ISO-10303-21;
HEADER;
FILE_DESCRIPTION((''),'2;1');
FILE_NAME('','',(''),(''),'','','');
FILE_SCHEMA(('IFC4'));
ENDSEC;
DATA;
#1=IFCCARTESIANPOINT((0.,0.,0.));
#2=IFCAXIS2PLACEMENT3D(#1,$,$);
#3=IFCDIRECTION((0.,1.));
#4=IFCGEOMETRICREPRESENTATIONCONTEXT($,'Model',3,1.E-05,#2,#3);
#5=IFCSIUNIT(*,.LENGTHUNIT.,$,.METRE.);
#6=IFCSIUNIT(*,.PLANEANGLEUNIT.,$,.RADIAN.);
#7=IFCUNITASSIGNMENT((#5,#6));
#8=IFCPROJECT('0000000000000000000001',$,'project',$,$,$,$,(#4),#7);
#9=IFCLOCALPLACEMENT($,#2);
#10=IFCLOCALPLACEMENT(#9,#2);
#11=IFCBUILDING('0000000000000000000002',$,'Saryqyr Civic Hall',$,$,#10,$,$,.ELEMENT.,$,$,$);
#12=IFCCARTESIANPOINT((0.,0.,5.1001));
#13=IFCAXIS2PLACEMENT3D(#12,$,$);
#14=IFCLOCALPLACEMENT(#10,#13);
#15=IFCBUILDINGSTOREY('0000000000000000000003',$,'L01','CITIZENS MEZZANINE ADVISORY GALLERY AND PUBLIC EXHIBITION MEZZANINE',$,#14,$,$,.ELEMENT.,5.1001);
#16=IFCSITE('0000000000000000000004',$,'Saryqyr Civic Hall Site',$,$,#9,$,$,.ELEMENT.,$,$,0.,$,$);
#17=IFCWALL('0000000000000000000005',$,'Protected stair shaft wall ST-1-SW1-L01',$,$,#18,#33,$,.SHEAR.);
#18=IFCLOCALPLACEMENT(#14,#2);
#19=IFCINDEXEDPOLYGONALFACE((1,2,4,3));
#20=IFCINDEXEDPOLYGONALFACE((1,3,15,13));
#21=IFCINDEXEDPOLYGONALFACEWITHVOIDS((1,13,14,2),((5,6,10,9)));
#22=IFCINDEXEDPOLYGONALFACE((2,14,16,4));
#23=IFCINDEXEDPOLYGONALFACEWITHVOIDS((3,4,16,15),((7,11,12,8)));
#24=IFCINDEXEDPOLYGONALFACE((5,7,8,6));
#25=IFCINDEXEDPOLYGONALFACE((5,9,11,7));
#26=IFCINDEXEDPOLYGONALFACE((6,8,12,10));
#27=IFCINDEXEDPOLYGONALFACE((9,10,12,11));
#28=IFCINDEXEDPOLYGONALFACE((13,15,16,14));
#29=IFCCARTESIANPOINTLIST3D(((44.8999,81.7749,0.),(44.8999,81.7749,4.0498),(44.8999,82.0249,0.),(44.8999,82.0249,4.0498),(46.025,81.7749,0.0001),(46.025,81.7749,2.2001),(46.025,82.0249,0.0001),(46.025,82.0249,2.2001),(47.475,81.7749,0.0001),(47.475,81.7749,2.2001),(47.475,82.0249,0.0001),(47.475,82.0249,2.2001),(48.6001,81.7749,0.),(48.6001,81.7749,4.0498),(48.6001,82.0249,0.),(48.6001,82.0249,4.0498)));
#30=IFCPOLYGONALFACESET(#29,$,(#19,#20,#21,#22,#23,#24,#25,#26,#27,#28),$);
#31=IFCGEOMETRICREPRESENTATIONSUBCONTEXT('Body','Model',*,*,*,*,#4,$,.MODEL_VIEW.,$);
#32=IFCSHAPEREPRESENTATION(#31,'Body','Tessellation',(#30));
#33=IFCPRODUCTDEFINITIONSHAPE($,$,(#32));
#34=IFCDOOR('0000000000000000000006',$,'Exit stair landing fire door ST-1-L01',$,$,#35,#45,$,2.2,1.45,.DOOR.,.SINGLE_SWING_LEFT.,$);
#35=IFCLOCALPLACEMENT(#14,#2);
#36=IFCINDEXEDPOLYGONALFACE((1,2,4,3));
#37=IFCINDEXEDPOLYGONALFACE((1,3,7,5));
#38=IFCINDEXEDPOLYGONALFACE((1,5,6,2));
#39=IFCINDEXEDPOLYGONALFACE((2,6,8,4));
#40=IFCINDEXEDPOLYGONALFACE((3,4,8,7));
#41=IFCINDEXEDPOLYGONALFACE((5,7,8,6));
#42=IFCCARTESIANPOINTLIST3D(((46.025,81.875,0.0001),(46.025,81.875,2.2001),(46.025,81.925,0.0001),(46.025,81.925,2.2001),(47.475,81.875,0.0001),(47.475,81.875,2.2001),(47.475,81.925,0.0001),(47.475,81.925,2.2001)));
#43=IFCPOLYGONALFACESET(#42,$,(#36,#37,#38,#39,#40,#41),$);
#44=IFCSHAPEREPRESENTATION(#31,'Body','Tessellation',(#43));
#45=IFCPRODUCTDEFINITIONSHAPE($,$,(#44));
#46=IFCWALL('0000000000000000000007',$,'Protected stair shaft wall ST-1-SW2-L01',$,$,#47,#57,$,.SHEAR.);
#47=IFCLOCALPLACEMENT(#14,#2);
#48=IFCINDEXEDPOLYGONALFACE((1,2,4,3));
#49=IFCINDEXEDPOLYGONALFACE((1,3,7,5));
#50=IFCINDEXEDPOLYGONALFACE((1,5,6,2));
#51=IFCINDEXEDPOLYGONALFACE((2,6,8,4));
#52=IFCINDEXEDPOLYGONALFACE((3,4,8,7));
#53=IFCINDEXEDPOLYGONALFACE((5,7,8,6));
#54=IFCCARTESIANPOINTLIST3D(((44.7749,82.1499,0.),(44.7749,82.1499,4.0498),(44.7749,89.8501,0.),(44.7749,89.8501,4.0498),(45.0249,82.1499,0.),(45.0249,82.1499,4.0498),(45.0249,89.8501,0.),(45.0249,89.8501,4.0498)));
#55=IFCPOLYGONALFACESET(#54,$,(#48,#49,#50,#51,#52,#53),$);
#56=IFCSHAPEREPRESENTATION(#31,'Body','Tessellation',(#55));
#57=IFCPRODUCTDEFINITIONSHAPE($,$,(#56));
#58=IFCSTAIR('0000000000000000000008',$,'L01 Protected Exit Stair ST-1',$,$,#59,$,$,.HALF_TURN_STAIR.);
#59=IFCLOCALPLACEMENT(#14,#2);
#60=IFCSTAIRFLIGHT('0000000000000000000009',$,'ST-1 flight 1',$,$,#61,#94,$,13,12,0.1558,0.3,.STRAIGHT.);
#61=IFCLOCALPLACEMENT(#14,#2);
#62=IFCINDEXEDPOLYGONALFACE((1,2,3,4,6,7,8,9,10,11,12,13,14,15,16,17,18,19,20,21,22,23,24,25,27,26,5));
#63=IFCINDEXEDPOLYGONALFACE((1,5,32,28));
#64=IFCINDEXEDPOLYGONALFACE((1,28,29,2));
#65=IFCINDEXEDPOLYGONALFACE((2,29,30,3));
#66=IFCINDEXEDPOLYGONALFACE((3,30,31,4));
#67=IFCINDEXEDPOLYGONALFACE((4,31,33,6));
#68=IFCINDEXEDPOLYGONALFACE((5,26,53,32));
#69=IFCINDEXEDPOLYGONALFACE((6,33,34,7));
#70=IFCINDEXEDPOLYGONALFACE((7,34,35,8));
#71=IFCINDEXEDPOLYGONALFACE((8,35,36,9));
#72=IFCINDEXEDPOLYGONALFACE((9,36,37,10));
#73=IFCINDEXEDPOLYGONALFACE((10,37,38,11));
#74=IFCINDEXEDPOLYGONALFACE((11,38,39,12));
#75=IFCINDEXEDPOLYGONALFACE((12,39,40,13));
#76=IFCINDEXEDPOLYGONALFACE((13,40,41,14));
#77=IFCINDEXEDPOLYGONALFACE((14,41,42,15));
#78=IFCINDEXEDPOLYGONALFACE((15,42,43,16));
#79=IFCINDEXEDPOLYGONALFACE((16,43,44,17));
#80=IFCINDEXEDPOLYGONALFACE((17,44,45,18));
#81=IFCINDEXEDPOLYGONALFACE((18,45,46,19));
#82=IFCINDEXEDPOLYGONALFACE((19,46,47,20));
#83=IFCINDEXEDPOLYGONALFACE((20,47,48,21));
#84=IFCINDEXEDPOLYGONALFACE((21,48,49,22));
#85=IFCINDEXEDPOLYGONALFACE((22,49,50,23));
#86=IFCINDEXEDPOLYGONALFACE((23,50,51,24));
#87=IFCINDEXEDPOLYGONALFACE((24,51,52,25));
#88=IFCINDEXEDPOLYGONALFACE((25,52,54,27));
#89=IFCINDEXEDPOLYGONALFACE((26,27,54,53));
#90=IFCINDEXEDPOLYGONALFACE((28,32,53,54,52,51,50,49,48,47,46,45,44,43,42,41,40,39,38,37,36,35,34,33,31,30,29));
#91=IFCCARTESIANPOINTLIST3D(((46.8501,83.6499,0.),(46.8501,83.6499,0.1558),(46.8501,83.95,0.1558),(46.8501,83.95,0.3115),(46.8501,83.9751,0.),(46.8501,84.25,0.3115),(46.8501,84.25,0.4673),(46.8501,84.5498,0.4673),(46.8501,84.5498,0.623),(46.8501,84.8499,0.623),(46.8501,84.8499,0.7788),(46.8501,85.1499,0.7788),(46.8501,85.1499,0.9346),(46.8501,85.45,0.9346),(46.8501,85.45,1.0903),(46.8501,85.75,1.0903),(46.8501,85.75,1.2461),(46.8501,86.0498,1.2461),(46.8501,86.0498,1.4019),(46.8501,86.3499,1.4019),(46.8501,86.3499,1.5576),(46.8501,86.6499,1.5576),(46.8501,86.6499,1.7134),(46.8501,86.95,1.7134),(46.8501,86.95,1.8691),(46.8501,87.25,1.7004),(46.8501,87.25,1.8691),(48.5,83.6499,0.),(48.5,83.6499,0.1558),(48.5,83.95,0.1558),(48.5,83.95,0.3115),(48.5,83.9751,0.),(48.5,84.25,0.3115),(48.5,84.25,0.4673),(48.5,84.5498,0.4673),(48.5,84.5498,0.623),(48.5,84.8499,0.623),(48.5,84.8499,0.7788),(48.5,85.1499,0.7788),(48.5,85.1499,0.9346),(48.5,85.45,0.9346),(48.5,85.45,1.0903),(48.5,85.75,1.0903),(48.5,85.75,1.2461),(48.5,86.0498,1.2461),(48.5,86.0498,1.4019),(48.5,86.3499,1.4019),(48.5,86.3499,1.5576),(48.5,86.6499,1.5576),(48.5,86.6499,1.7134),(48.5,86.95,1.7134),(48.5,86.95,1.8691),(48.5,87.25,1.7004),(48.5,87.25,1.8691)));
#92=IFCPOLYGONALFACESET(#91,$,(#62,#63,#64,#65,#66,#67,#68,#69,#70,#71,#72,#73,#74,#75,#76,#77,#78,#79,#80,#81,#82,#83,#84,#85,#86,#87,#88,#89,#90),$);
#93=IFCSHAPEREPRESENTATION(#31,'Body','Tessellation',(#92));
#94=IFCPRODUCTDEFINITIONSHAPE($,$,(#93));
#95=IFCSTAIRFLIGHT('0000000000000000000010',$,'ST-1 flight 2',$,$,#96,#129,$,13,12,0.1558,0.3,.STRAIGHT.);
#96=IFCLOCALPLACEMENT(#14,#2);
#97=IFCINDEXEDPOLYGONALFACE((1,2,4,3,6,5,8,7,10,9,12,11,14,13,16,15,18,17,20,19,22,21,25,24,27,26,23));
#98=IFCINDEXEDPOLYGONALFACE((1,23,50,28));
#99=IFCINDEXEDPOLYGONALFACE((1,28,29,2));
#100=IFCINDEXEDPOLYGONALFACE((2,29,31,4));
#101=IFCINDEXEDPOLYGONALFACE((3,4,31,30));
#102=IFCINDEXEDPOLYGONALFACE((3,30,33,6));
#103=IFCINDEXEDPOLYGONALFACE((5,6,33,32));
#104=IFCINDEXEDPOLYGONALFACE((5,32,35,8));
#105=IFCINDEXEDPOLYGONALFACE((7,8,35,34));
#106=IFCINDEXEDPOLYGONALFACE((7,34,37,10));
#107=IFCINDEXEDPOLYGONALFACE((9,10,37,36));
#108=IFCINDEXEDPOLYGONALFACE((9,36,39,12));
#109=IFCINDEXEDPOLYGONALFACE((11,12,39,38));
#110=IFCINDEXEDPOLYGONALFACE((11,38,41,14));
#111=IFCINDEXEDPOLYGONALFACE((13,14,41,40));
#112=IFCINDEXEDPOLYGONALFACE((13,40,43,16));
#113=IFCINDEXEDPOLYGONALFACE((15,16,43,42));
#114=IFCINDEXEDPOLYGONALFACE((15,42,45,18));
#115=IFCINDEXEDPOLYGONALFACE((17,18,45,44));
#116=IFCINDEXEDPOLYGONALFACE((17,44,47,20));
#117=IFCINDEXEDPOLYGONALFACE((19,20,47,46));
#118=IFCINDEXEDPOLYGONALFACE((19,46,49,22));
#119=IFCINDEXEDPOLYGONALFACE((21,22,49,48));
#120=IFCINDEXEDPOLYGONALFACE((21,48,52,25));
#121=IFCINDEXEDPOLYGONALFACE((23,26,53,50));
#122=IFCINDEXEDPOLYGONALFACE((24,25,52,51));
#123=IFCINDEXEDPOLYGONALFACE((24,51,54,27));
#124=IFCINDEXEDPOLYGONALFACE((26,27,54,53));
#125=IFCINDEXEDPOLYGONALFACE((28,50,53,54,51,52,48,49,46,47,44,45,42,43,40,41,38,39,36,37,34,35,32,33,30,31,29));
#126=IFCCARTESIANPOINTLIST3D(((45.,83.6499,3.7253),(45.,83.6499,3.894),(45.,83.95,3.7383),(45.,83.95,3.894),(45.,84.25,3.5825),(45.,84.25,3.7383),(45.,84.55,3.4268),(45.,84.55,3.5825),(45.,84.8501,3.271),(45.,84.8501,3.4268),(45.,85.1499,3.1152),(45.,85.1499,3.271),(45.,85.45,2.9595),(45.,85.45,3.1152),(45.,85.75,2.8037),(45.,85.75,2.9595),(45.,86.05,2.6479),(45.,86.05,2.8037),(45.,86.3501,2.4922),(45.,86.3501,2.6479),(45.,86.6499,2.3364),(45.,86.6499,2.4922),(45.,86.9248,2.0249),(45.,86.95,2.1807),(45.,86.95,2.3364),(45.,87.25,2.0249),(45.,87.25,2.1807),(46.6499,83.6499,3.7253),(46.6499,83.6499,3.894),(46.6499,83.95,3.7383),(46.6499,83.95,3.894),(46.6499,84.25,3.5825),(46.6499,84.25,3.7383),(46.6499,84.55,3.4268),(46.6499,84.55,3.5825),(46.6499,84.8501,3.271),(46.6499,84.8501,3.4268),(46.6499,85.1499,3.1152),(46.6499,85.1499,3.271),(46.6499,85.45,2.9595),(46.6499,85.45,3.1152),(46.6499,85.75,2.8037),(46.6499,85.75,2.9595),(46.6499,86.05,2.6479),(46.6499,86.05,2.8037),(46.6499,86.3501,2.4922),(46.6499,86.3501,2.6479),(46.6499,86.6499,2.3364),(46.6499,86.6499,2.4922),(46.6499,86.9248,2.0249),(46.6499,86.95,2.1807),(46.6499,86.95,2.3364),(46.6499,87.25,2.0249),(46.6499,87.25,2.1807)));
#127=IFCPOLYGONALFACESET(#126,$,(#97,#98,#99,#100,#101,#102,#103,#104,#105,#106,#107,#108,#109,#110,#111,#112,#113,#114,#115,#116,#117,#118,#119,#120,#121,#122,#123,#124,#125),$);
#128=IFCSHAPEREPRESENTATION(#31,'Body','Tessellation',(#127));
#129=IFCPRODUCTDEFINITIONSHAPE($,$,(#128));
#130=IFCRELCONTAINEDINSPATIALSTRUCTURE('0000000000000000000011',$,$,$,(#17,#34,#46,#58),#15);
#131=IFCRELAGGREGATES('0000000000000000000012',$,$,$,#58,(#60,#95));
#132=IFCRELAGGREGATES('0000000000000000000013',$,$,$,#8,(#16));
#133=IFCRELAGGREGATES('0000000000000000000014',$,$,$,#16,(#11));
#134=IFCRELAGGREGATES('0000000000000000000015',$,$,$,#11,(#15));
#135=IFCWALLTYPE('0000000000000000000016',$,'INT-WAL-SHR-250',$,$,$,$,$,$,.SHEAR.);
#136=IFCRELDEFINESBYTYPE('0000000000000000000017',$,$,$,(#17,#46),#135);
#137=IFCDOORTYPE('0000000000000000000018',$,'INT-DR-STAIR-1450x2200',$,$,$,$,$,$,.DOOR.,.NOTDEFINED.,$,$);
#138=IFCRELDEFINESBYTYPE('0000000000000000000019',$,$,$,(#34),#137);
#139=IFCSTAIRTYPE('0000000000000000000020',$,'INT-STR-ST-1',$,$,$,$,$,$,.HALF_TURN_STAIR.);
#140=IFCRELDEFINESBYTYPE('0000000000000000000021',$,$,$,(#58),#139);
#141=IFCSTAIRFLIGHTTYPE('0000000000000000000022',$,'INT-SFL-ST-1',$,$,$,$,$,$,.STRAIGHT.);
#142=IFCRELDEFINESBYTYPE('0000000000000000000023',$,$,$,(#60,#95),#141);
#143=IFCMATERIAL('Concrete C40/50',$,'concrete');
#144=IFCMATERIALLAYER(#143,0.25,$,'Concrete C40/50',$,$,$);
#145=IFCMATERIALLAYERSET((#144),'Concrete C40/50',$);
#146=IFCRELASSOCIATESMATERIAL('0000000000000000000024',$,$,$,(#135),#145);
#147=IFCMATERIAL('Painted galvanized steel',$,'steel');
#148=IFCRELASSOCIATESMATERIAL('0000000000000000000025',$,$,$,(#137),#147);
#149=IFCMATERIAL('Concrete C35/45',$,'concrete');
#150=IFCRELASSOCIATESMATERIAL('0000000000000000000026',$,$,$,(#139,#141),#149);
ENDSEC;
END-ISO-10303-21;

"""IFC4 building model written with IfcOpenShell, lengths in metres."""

from ifc_helpers import new_model, si_unit, direction, frame, frame_2d, origin, place, context, subcontext, project, spatial, polyline, rectangle, outline, extrude, material, layer, layer_set, type_object, element, fill, aggregate, save


model = new_model("IFC4")

# Units and contexts
model_context = context("Model", 3, precision=1e-05, world=origin(), true_north=direction((0.0, 1.0)))
body_context = subcontext(model_context, "Body", "Model", "MODEL_VIEW")
ifc_project = project(units=[si_unit("LENGTHUNIT", "METRE"), si_unit("PLANEANGLEUNIT", "RADIAN")], contexts=[model_context])

# Site, building, storey
site_placement = place(None, origin())
site = spatial("IfcSite", under=ifc_project, at=site_placement, Name="Saryqyr Civic Hall Site", CompositionType="ELEMENT", RefElevation=0.0)
building_placement = place(site_placement, origin())
building = spatial("IfcBuilding", under=site, at=building_placement, Name="Saryqyr Civic Hall", CompositionType="ELEMENT")
storey_placement = place(building_placement, frame((0.0, 0.0, 5.1001)))
storey = spatial("IfcBuildingStorey", under=building, at=storey_placement, Name="L01", Description="CITIZENS MEZZANINE ADVISORY GALLERY AND PUBLIC EXHIBITION MEZZANINE", CompositionType="ELEMENT", Elevation=5.1001)

# Shared definitions
ifc_material_1 = material(Name="Concrete C40/50", Category="concrete")

# Shared definitions
ifc_material_2 = material(Name="Concrete C35/45", Category="concrete")

# Shared definitions
ifc_material_3 = material(Name="Painted galvanized steel", Category="steel")

# Wall, opening, door
ifc_layer_1 = layer(ifc_material_1, 0.25, Name="Concrete C40/50")
ifc_layer_set_1 = layer_set([ifc_layer_1], Name="Concrete C40/50")
wall_type_1 = type_object("IfcWallType", Name="INT-WAL-SHR-250", PredefinedType="SHEAR", material=ifc_layer_set_1)
wall_1_placement = place(storey_placement, frame((48.6001, 81.8999, 0.0), z_axis=(0.0, 0.0, 1.0), x_axis=(-1.0, 0.0, 0.0)))
wall_1 = element("IfcWall", 1, at=wall_1_placement, inside=storey, type_object=wall_type_1, Name="Protected stair shaft wall ST-1-SW1-L01", PredefinedType="SHEAR", context=body_context, shape_type="SweptSolid", body=[
    extrude(rectangle(XDim=3.7002, YDim=0.25, at=frame_2d((1.8501, 0.0))), origin(), (0.0, 0.0, 1.0), 4.0498),
])
opening_1_placement = place(wall_1_placement, frame((1.125, 0.0, 0.0)))
opening_1 = element("IfcOpeningElement", 2, at=opening_1_placement, cuts=wall_1, PredefinedType="OPENING", context=body_context, shape_type="SweptSolid", body=[
    extrude(rectangle(XDim=1.45, YDim=2.2, at=frame_2d((0.7251, 1.1001))), frame((0.0, 0.135, 0.0), z_axis=(0.0, -1.0, 0.0), x_axis=(1.0, 0.0, 0.0)), (0.0, 0.0, 1.0), 0.27),
])
door_type_1 = type_object("IfcDoorType", Name="INT-DR-STAIR-1450x2200", OperationType="NOTDEFINED", PredefinedType="DOOR", material=ifc_material_3)
door_1_placement = place(opening_1_placement, origin())
door_1 = element("IfcDoor", 3, at=door_1_placement, inside=storey, type_object=door_type_1, Name="Exit stair landing fire door ST-1-L01", OperationType="SINGLE_SWING_LEFT", OverallHeight=2.2, OverallWidth=1.45, PredefinedType="DOOR", context=body_context, shape_type="SweptSolid", body=[
    extrude(rectangle(XDim=1.45, YDim=2.2, at=frame_2d((0.7251, 1.1001))), frame((0.0, 0.0249, 0.0), z_axis=(0.0, -1.0, 0.0), x_axis=(1.0, 0.0, 0.0)), (0.0, 0.0, 1.0), 0.05),
])
fill(opening_1, door_1)

# Wall
wall_2_placement = place(storey_placement, frame((44.8999, 82.1499, 0.0), z_axis=(0.0, 0.0, 1.0), x_axis=(0.0, 1.0, 0.0)))
element("IfcWall", 4, at=wall_2_placement, inside=storey, type_object=wall_type_1, Name="Protected stair shaft wall ST-1-SW2-L01", PredefinedType="SHEAR", context=body_context, shape_type="SweptSolid", body=[
    extrude(rectangle(XDim=7.7002, YDim=0.25, at=frame_2d((3.8501, 0.0))), origin(), (0.0, 0.0, 1.0), 4.0498),
])

# Stair, stair flights
stair_type = type_object("IfcStairType", Name="INT-STR-ST-1", PredefinedType="HALF_TURN_STAIR", material=ifc_material_2)
stair_placement = place(storey_placement, origin())
stair = element("IfcStair", 5, at=stair_placement, inside=storey, type_object=stair_type, Name="L01 Protected Exit Stair ST-1", PredefinedType="HALF_TURN_STAIR")
stair_flight_type = type_object("IfcStairFlightType", Name="INT-SFL-ST-1", PredefinedType="STRAIGHT", material=ifc_material_2)
stair_flight_1_placement = place(storey_placement, frame((47.675, 83.6499, 0.0), z_axis=(0.0, 0.0, 1.0), x_axis=(0.0, 1.0, 0.0)))
stair_flight_1 = element("IfcStairFlight", 6, at=stair_flight_1_placement, type_object=stair_flight_type, Name="ST-1 flight 1", NumberOfRisers=13, NumberOfTreads=12, PredefinedType="STRAIGHT", RiserHeight=0.1558, TreadLength=0.3, context=body_context, shape_type="SweptSolid", body=[
    extrude(outline(polyline([(0.0, 0.0), (0.0, 0.1558), (0.3, 0.1558), (0.3, 0.3115), (0.6001, 0.3115), (0.6001, 0.4673), (0.8999, 0.4673), (0.8999, 0.623), (1.2, 0.623), (1.2, 0.7788), (1.5, 0.7788), (1.5, 0.9346), (1.8, 0.9346), (1.8, 1.0903), (2.1001, 1.0903), (2.1001, 1.2461), (2.3999, 1.2461), (2.3999, 1.4019), (2.7, 1.4019), (2.7, 1.5576), (3.0, 1.5576), (3.0, 1.7134), (3.3, 1.7134), (3.3, 1.8691), (3.6001, 1.8691), (3.6001, 2.0249), (3.6001, 1.7004), (0.3252, 0.0), (0.0, 0.0)])), frame((0.0, 0.825, 0.0), z_axis=(0.0, -1.0, 0.0), x_axis=(1.0, 0.0, 0.0)), (0.0, 0.0, 1.0), 1.6499),
])
stair_flight_2_placement = place(storey_placement, frame((45.825, 87.25, 2.0249), z_axis=(0.0, 0.0, 1.0), x_axis=(0.0, -1.0, 0.0)))
stair_flight_2 = element("IfcStairFlight", 7, at=stair_flight_2_placement, type_object=stair_flight_type, Name="ST-1 flight 2", NumberOfRisers=13, NumberOfTreads=12, PredefinedType="STRAIGHT", RiserHeight=0.1558, TreadLength=0.3, context=body_context, shape_type="SweptSolid", body=[
    extrude(outline(polyline([(0.0, 0.0), (0.0, 0.1558), (0.3, 0.1558), (0.3, 0.3115), (0.6001, 0.3115), (0.6001, 0.4673), (0.8999, 0.4673), (0.8999, 0.623), (1.2, 0.623), (1.2, 0.7788), (1.5, 0.7788), (1.5, 0.9346), (1.8, 0.9346), (1.8, 1.0903), (2.1001, 1.0903), (2.1001, 1.2461), (2.3999, 1.2461), (2.3999, 1.4019), (2.7, 1.4019), (2.7, 1.5576), (3.0, 1.5576), (3.0, 1.7134), (3.3, 1.7134), (3.3, 1.8691), (3.6001, 1.8691), (3.6001, 2.0249), (3.6001, 1.7004), (0.3252, 0.0), (0.0, 0.0)])), frame((0.0, 0.825, 0.0), z_axis=(0.0, -1.0, 0.0), x_axis=(1.0, 0.0, 0.0)), (0.0, 0.0, 1.0), 1.6499),
])
aggregate(stair, [stair_flight_1, stair_flight_2])

save(model, "model.ifc")
